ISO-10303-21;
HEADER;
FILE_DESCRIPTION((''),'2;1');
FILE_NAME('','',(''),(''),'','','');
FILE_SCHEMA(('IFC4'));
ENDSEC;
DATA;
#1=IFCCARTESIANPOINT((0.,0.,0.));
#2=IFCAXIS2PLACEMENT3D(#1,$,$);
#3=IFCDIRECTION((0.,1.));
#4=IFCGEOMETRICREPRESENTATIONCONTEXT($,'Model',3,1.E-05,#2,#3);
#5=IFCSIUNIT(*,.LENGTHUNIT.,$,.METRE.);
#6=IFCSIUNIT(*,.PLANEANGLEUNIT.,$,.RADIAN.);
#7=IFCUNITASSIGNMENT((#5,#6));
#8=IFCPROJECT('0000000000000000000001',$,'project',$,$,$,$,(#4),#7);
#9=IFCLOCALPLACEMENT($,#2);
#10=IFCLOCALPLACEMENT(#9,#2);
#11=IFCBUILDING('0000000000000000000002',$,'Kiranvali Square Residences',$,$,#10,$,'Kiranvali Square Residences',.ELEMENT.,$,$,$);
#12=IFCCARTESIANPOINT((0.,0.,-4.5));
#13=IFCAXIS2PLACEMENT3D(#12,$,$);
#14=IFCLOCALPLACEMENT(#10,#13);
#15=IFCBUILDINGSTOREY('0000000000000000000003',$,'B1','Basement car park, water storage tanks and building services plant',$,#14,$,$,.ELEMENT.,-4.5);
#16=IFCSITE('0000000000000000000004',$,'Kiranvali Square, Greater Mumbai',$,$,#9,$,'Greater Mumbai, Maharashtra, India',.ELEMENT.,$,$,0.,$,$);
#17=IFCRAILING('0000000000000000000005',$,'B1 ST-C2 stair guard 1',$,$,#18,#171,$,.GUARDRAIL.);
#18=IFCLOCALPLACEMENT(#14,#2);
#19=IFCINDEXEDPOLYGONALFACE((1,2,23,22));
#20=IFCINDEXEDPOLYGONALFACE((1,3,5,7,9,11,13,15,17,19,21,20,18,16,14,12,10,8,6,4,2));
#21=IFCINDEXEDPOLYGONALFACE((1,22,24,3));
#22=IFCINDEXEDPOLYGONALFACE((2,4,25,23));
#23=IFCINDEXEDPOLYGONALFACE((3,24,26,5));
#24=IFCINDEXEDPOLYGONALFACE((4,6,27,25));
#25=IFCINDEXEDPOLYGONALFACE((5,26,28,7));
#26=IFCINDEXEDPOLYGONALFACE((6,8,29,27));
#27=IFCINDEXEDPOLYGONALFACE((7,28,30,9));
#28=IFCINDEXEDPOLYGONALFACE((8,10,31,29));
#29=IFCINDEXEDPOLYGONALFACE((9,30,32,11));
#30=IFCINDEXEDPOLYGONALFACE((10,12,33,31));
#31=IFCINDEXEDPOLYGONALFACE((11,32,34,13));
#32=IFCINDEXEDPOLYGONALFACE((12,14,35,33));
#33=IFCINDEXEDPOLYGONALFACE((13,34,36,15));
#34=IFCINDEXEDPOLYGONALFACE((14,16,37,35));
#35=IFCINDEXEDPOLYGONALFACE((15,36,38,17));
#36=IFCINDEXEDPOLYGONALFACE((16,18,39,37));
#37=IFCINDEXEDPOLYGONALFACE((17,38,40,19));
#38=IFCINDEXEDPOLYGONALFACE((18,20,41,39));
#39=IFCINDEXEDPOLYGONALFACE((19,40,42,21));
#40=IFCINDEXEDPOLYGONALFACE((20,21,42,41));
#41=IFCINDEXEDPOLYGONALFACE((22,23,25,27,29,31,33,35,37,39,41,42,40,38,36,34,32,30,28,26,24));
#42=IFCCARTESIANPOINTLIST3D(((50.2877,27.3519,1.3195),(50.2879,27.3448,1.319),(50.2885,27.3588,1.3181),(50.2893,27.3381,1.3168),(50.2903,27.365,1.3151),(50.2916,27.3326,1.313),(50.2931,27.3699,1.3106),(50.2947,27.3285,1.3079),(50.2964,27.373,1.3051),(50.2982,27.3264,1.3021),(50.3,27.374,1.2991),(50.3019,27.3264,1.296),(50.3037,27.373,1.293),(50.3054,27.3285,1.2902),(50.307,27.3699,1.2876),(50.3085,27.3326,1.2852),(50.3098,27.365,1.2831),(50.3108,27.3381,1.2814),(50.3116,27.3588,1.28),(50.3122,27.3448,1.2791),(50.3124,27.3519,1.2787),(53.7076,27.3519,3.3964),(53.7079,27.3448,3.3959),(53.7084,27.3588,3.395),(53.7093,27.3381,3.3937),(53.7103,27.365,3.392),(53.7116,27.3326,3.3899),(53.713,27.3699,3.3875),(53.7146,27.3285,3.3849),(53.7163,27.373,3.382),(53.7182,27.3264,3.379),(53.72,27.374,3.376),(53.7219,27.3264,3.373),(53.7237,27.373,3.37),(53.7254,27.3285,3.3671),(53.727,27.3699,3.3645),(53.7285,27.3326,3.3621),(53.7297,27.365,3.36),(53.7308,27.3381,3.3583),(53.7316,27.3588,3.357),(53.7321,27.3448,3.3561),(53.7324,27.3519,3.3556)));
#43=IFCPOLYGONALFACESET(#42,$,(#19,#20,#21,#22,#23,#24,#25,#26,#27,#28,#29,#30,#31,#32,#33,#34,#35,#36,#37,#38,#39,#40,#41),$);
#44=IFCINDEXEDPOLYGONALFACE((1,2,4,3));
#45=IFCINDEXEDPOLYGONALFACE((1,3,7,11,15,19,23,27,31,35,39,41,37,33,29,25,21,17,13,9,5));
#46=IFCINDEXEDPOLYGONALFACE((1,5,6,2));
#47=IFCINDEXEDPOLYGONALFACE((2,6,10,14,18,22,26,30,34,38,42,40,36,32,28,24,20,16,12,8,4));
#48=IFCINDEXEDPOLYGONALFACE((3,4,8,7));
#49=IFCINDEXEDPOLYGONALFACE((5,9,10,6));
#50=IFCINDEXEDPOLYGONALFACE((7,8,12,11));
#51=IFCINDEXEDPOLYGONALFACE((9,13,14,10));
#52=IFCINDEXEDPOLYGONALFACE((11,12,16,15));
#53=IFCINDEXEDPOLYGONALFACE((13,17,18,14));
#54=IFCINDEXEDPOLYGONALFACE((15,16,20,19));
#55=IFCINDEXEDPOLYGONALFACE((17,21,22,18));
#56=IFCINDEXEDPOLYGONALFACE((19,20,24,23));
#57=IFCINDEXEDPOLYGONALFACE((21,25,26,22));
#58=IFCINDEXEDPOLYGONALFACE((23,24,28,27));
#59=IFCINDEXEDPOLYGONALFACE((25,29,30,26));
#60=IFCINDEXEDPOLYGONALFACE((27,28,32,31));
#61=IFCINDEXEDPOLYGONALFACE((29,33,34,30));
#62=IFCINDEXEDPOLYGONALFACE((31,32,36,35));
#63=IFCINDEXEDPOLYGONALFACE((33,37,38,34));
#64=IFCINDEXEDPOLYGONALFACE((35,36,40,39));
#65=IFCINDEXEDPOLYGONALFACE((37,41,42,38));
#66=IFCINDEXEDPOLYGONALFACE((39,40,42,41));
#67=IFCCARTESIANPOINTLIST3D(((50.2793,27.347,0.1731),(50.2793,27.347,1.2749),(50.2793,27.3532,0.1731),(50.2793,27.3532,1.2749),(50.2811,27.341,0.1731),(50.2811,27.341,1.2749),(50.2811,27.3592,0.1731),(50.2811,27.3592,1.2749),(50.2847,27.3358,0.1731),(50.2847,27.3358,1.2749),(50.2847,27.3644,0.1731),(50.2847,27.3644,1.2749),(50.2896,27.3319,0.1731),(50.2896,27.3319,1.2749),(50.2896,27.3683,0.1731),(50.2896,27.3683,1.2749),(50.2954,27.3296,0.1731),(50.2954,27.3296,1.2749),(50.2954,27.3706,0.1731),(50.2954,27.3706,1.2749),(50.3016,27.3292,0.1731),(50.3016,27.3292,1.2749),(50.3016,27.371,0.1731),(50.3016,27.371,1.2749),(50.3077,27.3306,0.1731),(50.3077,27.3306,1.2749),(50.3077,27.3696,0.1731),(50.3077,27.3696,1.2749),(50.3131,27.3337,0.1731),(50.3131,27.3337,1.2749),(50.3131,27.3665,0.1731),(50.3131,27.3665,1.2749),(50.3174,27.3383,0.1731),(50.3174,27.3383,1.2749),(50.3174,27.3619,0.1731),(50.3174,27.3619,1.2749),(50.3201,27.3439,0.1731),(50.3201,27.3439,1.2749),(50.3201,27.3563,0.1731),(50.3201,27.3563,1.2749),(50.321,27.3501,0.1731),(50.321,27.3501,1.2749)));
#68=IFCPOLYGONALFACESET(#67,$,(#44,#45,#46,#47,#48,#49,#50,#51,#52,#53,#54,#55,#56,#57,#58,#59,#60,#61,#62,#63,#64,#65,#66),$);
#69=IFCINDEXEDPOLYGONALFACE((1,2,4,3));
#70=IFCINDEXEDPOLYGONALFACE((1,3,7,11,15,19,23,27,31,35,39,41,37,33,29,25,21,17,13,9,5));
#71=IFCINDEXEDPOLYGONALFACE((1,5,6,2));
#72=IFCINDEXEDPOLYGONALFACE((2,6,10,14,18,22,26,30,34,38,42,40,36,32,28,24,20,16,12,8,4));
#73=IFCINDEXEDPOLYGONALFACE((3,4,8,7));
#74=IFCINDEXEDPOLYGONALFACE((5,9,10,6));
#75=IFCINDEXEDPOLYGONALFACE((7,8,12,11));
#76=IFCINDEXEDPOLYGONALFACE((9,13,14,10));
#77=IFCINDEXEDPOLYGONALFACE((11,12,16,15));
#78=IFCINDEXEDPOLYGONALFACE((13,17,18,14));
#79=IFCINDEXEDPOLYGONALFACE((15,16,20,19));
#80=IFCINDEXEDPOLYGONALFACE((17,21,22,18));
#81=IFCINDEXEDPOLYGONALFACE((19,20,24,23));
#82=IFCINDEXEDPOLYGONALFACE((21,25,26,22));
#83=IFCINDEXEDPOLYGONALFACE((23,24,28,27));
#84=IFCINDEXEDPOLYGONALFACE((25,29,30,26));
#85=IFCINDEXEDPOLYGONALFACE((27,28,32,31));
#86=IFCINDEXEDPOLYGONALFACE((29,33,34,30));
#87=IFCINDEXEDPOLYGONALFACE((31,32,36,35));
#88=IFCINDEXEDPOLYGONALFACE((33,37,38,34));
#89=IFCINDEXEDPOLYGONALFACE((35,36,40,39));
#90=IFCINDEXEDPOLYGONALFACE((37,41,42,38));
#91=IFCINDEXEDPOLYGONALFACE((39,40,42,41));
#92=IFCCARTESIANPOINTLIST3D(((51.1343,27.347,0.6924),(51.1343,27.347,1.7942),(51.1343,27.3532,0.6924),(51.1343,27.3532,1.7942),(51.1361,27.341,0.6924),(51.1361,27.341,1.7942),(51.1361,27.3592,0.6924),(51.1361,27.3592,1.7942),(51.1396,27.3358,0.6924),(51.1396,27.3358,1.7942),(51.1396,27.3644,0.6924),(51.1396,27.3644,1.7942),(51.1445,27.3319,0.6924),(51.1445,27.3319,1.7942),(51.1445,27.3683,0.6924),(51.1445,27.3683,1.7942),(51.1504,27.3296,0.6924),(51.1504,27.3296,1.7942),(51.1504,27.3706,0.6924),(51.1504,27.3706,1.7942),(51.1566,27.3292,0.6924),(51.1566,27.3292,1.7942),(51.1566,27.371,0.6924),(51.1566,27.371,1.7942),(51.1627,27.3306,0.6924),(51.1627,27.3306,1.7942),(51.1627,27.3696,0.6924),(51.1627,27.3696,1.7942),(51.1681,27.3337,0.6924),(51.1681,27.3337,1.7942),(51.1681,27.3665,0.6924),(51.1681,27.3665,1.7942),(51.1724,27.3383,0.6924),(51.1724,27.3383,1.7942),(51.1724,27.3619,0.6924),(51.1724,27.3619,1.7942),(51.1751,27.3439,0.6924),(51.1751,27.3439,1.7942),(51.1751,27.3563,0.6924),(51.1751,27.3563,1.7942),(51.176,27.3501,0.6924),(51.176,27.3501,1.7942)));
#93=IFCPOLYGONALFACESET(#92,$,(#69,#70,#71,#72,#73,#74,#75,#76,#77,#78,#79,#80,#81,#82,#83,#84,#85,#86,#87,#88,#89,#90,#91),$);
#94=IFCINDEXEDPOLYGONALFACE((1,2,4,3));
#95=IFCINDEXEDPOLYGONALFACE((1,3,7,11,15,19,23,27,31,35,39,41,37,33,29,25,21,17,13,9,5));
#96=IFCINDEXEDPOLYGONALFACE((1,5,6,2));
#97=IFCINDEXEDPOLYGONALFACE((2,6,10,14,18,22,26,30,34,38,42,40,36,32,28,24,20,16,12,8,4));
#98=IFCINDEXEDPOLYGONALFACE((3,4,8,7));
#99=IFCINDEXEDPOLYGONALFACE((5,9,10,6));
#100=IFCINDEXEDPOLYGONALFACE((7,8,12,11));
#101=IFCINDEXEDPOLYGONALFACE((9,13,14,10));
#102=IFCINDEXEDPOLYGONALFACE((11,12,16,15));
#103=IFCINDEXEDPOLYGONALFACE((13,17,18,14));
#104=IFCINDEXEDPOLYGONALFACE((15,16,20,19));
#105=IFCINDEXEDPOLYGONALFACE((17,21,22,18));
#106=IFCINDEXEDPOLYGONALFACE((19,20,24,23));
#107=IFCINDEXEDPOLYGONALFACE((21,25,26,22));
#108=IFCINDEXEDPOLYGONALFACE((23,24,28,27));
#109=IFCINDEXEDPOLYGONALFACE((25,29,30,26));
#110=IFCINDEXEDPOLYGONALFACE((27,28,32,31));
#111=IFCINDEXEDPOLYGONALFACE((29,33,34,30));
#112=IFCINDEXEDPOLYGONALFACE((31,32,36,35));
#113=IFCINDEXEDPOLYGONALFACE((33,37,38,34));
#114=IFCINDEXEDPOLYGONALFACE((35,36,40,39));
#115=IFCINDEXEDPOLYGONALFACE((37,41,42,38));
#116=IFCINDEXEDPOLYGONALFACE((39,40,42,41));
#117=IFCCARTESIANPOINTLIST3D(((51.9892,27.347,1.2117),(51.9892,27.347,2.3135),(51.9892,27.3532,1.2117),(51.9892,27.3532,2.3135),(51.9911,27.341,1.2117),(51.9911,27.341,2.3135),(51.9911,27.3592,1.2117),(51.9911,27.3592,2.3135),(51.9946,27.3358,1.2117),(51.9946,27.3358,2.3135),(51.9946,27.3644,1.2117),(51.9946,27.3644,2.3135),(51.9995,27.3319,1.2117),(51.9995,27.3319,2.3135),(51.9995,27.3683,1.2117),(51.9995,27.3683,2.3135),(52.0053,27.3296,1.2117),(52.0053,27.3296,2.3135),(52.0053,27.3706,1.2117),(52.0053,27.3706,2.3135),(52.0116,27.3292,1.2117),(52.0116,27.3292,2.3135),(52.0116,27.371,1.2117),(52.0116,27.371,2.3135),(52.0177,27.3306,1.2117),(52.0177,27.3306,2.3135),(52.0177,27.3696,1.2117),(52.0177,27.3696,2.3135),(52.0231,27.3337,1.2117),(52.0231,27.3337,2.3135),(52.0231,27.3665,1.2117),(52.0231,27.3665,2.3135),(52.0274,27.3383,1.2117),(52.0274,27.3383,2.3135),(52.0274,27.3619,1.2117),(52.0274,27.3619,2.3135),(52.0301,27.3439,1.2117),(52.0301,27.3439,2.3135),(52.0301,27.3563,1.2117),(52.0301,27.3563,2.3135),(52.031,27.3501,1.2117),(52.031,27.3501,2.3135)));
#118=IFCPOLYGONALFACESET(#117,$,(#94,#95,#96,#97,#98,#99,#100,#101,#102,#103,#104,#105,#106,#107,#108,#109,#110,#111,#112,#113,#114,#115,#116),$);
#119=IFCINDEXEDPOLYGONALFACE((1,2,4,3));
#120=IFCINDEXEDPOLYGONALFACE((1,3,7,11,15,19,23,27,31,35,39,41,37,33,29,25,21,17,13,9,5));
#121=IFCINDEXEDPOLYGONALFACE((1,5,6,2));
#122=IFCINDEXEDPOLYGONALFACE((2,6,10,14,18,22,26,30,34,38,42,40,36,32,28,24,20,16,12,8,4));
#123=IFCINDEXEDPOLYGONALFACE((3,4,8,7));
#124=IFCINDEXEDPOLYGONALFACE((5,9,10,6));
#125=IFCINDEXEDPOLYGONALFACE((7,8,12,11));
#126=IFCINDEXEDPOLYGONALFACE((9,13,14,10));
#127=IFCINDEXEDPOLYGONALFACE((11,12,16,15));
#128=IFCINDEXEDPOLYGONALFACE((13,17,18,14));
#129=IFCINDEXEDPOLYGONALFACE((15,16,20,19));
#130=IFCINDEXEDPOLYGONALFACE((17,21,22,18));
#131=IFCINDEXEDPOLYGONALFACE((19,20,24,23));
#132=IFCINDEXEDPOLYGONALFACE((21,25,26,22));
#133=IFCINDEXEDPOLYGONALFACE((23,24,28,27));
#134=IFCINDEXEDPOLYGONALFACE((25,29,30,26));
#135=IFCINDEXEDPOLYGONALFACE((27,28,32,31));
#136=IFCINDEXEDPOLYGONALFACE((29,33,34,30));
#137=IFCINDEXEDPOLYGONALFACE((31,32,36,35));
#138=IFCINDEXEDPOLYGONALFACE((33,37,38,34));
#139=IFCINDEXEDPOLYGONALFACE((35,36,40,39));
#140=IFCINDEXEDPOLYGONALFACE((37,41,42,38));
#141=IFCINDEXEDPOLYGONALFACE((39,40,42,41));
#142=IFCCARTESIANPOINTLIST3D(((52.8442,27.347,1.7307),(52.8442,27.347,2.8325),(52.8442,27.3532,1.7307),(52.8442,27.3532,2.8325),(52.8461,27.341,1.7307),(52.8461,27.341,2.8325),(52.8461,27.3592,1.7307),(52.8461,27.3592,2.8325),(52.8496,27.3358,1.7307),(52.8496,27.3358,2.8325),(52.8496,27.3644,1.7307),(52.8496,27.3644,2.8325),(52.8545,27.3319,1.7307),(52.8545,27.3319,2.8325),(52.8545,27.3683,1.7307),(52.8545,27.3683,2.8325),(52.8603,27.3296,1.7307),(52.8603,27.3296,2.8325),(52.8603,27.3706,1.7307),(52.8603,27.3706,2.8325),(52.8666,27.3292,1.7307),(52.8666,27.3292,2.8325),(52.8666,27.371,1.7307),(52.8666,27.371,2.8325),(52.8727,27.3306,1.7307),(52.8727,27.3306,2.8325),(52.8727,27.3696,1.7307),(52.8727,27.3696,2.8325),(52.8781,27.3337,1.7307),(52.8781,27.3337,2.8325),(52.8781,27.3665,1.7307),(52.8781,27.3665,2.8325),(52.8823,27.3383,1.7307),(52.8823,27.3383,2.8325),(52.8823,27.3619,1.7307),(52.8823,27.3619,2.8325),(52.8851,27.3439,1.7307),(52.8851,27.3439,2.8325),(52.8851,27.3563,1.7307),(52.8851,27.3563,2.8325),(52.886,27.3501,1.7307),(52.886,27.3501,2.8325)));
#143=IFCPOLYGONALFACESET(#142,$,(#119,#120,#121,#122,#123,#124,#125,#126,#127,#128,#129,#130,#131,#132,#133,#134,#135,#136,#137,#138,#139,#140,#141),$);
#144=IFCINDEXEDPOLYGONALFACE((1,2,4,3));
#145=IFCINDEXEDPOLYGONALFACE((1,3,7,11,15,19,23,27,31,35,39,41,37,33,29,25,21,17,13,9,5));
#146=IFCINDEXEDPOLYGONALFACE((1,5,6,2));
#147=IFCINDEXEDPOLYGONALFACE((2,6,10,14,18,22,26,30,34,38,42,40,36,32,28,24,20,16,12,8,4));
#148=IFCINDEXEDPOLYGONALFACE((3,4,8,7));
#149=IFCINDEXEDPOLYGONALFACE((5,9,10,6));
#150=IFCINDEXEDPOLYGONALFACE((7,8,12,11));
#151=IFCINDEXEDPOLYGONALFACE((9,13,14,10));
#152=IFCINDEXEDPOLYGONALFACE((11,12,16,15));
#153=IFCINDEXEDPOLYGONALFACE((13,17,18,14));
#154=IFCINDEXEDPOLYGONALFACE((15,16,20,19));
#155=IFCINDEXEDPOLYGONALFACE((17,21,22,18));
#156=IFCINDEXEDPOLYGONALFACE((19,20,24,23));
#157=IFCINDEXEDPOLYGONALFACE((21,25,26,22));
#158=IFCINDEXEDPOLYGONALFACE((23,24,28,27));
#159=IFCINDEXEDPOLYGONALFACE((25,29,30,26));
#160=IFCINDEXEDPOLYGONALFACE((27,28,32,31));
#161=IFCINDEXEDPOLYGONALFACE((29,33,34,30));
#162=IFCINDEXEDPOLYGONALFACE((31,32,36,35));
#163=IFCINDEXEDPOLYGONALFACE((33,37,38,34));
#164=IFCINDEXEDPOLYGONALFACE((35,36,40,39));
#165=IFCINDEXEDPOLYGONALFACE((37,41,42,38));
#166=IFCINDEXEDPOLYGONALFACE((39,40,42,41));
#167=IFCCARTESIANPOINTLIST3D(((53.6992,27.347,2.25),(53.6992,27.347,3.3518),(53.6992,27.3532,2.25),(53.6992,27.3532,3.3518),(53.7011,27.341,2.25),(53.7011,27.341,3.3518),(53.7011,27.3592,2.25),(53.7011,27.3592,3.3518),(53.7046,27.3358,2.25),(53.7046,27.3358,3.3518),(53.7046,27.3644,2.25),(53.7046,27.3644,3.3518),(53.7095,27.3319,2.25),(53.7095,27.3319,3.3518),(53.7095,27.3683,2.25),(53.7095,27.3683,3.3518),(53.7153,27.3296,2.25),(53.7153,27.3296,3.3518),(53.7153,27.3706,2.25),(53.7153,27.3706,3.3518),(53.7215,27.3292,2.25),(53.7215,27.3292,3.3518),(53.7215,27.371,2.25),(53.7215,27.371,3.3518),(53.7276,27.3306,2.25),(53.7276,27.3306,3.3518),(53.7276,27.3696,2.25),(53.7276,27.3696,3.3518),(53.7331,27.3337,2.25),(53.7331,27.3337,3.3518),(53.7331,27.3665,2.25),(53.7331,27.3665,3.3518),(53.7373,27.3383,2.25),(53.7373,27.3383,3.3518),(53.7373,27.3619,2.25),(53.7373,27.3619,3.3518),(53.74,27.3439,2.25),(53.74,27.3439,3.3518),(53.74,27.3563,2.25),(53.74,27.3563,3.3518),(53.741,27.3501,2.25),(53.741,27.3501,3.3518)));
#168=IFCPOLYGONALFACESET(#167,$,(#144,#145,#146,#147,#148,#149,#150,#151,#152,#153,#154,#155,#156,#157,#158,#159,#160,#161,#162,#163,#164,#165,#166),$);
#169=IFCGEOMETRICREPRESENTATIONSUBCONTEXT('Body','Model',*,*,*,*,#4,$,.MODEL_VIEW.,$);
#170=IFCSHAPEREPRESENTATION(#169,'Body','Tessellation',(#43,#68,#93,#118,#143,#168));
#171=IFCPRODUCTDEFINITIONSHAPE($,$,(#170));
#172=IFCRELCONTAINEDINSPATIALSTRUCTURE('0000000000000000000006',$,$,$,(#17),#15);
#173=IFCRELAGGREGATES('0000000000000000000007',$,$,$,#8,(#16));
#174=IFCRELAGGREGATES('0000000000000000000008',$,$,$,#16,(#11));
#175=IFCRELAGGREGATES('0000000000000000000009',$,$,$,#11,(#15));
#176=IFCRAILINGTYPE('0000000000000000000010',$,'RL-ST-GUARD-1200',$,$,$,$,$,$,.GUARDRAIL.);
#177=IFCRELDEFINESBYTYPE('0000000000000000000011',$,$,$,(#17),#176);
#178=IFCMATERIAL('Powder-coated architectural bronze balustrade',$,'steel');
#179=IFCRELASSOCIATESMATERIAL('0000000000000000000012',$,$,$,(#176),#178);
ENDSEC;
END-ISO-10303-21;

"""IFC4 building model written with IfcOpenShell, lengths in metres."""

from ifc_helpers import new_model, si_unit, direction, frame, origin, origin_2d, place, context, subcontext, project, spatial, circle, extrude, material, type_object, element, save


model = new_model("IFC4")

# Units and contexts
model_context = context("Model", 3, precision=1e-05, world=origin(), true_north=direction((0.0, 1.0)))
body_context = subcontext(model_context, "Body", "Model", "MODEL_VIEW")
ifc_project = project(units=[si_unit("LENGTHUNIT", "METRE"), si_unit("PLANEANGLEUNIT", "RADIAN")], contexts=[model_context])

# Site, building, storey
site_placement = place(None, origin())
site = spatial("IfcSite", under=ifc_project, at=site_placement, Name="Kiranvali Square, Greater Mumbai", LongName="Greater Mumbai, Maharashtra, India", CompositionType="ELEMENT", RefElevation=0.0)
building_placement = place(site_placement, origin())
building = spatial("IfcBuilding", under=site, at=building_placement, Name="Kiranvali Square Residences", LongName="Kiranvali Square Residences", CompositionType="ELEMENT")
storey_placement = place(building_placement, frame((0.0, 0.0, -4.5)))
storey = spatial("IfcBuildingStorey", under=building, at=storey_placement, Name="B1", Description="Basement car park, water storage tanks and building services plant", CompositionType="ELEMENT", Elevation=-4.5)

# Railing
ifc_material_1 = material(Name="Powder-coated architectural bronze balustrade", Category="steel")
railing_type_1 = type_object("IfcRailingType", Name="RL-ST-GUARD-1200", PredefinedType="GUARDRAIL", material=ifc_material_1)
railing_1_placement = place(storey_placement, frame((50.3, 27.3501, 0.1731)))
element("IfcRailing", 1, at=railing_1_placement, inside=storey, type_object=railing_type_1, Name="B1 ST-C2 stair guard 1", PredefinedType="GUARDRAIL", context=body_context, shape_type="SweptSolid", body=[
    extrude(circle(Radius=0.0239, at=origin_2d()), frame((0.0, 0.0, 1.126), z_axis=(0.85473, 0.0, 0.519074), x_axis=(0.0, 1.0, 0.0)), (0.0, 0.0, 1.0), 4.0012),
    extrude(circle(Radius=0.021, at=origin_2d()), origin(), (0.0, 0.0, 1.0), 1.1018),
    extrude(circle(Radius=0.021, at=origin_2d()), frame((0.855, 0.0, 0.5193)), (0.0, 0.0, 1.0), 1.1018),
    extrude(circle(Radius=0.021, at=origin_2d()), frame((1.71, 0.0, 1.0386)), (0.0, 0.0, 1.0), 1.1018),
    extrude(circle(Radius=0.021, at=origin_2d()), frame((2.5649, 0.0, 1.5576)), (0.0, 0.0, 1.0), 1.1018),
    extrude(circle(Radius=0.021, at=origin_2d()), frame((3.4199, 0.0, 2.0769)), (0.0, 0.0, 1.0), 1.1018),
])

save(model, "model.ifc")
